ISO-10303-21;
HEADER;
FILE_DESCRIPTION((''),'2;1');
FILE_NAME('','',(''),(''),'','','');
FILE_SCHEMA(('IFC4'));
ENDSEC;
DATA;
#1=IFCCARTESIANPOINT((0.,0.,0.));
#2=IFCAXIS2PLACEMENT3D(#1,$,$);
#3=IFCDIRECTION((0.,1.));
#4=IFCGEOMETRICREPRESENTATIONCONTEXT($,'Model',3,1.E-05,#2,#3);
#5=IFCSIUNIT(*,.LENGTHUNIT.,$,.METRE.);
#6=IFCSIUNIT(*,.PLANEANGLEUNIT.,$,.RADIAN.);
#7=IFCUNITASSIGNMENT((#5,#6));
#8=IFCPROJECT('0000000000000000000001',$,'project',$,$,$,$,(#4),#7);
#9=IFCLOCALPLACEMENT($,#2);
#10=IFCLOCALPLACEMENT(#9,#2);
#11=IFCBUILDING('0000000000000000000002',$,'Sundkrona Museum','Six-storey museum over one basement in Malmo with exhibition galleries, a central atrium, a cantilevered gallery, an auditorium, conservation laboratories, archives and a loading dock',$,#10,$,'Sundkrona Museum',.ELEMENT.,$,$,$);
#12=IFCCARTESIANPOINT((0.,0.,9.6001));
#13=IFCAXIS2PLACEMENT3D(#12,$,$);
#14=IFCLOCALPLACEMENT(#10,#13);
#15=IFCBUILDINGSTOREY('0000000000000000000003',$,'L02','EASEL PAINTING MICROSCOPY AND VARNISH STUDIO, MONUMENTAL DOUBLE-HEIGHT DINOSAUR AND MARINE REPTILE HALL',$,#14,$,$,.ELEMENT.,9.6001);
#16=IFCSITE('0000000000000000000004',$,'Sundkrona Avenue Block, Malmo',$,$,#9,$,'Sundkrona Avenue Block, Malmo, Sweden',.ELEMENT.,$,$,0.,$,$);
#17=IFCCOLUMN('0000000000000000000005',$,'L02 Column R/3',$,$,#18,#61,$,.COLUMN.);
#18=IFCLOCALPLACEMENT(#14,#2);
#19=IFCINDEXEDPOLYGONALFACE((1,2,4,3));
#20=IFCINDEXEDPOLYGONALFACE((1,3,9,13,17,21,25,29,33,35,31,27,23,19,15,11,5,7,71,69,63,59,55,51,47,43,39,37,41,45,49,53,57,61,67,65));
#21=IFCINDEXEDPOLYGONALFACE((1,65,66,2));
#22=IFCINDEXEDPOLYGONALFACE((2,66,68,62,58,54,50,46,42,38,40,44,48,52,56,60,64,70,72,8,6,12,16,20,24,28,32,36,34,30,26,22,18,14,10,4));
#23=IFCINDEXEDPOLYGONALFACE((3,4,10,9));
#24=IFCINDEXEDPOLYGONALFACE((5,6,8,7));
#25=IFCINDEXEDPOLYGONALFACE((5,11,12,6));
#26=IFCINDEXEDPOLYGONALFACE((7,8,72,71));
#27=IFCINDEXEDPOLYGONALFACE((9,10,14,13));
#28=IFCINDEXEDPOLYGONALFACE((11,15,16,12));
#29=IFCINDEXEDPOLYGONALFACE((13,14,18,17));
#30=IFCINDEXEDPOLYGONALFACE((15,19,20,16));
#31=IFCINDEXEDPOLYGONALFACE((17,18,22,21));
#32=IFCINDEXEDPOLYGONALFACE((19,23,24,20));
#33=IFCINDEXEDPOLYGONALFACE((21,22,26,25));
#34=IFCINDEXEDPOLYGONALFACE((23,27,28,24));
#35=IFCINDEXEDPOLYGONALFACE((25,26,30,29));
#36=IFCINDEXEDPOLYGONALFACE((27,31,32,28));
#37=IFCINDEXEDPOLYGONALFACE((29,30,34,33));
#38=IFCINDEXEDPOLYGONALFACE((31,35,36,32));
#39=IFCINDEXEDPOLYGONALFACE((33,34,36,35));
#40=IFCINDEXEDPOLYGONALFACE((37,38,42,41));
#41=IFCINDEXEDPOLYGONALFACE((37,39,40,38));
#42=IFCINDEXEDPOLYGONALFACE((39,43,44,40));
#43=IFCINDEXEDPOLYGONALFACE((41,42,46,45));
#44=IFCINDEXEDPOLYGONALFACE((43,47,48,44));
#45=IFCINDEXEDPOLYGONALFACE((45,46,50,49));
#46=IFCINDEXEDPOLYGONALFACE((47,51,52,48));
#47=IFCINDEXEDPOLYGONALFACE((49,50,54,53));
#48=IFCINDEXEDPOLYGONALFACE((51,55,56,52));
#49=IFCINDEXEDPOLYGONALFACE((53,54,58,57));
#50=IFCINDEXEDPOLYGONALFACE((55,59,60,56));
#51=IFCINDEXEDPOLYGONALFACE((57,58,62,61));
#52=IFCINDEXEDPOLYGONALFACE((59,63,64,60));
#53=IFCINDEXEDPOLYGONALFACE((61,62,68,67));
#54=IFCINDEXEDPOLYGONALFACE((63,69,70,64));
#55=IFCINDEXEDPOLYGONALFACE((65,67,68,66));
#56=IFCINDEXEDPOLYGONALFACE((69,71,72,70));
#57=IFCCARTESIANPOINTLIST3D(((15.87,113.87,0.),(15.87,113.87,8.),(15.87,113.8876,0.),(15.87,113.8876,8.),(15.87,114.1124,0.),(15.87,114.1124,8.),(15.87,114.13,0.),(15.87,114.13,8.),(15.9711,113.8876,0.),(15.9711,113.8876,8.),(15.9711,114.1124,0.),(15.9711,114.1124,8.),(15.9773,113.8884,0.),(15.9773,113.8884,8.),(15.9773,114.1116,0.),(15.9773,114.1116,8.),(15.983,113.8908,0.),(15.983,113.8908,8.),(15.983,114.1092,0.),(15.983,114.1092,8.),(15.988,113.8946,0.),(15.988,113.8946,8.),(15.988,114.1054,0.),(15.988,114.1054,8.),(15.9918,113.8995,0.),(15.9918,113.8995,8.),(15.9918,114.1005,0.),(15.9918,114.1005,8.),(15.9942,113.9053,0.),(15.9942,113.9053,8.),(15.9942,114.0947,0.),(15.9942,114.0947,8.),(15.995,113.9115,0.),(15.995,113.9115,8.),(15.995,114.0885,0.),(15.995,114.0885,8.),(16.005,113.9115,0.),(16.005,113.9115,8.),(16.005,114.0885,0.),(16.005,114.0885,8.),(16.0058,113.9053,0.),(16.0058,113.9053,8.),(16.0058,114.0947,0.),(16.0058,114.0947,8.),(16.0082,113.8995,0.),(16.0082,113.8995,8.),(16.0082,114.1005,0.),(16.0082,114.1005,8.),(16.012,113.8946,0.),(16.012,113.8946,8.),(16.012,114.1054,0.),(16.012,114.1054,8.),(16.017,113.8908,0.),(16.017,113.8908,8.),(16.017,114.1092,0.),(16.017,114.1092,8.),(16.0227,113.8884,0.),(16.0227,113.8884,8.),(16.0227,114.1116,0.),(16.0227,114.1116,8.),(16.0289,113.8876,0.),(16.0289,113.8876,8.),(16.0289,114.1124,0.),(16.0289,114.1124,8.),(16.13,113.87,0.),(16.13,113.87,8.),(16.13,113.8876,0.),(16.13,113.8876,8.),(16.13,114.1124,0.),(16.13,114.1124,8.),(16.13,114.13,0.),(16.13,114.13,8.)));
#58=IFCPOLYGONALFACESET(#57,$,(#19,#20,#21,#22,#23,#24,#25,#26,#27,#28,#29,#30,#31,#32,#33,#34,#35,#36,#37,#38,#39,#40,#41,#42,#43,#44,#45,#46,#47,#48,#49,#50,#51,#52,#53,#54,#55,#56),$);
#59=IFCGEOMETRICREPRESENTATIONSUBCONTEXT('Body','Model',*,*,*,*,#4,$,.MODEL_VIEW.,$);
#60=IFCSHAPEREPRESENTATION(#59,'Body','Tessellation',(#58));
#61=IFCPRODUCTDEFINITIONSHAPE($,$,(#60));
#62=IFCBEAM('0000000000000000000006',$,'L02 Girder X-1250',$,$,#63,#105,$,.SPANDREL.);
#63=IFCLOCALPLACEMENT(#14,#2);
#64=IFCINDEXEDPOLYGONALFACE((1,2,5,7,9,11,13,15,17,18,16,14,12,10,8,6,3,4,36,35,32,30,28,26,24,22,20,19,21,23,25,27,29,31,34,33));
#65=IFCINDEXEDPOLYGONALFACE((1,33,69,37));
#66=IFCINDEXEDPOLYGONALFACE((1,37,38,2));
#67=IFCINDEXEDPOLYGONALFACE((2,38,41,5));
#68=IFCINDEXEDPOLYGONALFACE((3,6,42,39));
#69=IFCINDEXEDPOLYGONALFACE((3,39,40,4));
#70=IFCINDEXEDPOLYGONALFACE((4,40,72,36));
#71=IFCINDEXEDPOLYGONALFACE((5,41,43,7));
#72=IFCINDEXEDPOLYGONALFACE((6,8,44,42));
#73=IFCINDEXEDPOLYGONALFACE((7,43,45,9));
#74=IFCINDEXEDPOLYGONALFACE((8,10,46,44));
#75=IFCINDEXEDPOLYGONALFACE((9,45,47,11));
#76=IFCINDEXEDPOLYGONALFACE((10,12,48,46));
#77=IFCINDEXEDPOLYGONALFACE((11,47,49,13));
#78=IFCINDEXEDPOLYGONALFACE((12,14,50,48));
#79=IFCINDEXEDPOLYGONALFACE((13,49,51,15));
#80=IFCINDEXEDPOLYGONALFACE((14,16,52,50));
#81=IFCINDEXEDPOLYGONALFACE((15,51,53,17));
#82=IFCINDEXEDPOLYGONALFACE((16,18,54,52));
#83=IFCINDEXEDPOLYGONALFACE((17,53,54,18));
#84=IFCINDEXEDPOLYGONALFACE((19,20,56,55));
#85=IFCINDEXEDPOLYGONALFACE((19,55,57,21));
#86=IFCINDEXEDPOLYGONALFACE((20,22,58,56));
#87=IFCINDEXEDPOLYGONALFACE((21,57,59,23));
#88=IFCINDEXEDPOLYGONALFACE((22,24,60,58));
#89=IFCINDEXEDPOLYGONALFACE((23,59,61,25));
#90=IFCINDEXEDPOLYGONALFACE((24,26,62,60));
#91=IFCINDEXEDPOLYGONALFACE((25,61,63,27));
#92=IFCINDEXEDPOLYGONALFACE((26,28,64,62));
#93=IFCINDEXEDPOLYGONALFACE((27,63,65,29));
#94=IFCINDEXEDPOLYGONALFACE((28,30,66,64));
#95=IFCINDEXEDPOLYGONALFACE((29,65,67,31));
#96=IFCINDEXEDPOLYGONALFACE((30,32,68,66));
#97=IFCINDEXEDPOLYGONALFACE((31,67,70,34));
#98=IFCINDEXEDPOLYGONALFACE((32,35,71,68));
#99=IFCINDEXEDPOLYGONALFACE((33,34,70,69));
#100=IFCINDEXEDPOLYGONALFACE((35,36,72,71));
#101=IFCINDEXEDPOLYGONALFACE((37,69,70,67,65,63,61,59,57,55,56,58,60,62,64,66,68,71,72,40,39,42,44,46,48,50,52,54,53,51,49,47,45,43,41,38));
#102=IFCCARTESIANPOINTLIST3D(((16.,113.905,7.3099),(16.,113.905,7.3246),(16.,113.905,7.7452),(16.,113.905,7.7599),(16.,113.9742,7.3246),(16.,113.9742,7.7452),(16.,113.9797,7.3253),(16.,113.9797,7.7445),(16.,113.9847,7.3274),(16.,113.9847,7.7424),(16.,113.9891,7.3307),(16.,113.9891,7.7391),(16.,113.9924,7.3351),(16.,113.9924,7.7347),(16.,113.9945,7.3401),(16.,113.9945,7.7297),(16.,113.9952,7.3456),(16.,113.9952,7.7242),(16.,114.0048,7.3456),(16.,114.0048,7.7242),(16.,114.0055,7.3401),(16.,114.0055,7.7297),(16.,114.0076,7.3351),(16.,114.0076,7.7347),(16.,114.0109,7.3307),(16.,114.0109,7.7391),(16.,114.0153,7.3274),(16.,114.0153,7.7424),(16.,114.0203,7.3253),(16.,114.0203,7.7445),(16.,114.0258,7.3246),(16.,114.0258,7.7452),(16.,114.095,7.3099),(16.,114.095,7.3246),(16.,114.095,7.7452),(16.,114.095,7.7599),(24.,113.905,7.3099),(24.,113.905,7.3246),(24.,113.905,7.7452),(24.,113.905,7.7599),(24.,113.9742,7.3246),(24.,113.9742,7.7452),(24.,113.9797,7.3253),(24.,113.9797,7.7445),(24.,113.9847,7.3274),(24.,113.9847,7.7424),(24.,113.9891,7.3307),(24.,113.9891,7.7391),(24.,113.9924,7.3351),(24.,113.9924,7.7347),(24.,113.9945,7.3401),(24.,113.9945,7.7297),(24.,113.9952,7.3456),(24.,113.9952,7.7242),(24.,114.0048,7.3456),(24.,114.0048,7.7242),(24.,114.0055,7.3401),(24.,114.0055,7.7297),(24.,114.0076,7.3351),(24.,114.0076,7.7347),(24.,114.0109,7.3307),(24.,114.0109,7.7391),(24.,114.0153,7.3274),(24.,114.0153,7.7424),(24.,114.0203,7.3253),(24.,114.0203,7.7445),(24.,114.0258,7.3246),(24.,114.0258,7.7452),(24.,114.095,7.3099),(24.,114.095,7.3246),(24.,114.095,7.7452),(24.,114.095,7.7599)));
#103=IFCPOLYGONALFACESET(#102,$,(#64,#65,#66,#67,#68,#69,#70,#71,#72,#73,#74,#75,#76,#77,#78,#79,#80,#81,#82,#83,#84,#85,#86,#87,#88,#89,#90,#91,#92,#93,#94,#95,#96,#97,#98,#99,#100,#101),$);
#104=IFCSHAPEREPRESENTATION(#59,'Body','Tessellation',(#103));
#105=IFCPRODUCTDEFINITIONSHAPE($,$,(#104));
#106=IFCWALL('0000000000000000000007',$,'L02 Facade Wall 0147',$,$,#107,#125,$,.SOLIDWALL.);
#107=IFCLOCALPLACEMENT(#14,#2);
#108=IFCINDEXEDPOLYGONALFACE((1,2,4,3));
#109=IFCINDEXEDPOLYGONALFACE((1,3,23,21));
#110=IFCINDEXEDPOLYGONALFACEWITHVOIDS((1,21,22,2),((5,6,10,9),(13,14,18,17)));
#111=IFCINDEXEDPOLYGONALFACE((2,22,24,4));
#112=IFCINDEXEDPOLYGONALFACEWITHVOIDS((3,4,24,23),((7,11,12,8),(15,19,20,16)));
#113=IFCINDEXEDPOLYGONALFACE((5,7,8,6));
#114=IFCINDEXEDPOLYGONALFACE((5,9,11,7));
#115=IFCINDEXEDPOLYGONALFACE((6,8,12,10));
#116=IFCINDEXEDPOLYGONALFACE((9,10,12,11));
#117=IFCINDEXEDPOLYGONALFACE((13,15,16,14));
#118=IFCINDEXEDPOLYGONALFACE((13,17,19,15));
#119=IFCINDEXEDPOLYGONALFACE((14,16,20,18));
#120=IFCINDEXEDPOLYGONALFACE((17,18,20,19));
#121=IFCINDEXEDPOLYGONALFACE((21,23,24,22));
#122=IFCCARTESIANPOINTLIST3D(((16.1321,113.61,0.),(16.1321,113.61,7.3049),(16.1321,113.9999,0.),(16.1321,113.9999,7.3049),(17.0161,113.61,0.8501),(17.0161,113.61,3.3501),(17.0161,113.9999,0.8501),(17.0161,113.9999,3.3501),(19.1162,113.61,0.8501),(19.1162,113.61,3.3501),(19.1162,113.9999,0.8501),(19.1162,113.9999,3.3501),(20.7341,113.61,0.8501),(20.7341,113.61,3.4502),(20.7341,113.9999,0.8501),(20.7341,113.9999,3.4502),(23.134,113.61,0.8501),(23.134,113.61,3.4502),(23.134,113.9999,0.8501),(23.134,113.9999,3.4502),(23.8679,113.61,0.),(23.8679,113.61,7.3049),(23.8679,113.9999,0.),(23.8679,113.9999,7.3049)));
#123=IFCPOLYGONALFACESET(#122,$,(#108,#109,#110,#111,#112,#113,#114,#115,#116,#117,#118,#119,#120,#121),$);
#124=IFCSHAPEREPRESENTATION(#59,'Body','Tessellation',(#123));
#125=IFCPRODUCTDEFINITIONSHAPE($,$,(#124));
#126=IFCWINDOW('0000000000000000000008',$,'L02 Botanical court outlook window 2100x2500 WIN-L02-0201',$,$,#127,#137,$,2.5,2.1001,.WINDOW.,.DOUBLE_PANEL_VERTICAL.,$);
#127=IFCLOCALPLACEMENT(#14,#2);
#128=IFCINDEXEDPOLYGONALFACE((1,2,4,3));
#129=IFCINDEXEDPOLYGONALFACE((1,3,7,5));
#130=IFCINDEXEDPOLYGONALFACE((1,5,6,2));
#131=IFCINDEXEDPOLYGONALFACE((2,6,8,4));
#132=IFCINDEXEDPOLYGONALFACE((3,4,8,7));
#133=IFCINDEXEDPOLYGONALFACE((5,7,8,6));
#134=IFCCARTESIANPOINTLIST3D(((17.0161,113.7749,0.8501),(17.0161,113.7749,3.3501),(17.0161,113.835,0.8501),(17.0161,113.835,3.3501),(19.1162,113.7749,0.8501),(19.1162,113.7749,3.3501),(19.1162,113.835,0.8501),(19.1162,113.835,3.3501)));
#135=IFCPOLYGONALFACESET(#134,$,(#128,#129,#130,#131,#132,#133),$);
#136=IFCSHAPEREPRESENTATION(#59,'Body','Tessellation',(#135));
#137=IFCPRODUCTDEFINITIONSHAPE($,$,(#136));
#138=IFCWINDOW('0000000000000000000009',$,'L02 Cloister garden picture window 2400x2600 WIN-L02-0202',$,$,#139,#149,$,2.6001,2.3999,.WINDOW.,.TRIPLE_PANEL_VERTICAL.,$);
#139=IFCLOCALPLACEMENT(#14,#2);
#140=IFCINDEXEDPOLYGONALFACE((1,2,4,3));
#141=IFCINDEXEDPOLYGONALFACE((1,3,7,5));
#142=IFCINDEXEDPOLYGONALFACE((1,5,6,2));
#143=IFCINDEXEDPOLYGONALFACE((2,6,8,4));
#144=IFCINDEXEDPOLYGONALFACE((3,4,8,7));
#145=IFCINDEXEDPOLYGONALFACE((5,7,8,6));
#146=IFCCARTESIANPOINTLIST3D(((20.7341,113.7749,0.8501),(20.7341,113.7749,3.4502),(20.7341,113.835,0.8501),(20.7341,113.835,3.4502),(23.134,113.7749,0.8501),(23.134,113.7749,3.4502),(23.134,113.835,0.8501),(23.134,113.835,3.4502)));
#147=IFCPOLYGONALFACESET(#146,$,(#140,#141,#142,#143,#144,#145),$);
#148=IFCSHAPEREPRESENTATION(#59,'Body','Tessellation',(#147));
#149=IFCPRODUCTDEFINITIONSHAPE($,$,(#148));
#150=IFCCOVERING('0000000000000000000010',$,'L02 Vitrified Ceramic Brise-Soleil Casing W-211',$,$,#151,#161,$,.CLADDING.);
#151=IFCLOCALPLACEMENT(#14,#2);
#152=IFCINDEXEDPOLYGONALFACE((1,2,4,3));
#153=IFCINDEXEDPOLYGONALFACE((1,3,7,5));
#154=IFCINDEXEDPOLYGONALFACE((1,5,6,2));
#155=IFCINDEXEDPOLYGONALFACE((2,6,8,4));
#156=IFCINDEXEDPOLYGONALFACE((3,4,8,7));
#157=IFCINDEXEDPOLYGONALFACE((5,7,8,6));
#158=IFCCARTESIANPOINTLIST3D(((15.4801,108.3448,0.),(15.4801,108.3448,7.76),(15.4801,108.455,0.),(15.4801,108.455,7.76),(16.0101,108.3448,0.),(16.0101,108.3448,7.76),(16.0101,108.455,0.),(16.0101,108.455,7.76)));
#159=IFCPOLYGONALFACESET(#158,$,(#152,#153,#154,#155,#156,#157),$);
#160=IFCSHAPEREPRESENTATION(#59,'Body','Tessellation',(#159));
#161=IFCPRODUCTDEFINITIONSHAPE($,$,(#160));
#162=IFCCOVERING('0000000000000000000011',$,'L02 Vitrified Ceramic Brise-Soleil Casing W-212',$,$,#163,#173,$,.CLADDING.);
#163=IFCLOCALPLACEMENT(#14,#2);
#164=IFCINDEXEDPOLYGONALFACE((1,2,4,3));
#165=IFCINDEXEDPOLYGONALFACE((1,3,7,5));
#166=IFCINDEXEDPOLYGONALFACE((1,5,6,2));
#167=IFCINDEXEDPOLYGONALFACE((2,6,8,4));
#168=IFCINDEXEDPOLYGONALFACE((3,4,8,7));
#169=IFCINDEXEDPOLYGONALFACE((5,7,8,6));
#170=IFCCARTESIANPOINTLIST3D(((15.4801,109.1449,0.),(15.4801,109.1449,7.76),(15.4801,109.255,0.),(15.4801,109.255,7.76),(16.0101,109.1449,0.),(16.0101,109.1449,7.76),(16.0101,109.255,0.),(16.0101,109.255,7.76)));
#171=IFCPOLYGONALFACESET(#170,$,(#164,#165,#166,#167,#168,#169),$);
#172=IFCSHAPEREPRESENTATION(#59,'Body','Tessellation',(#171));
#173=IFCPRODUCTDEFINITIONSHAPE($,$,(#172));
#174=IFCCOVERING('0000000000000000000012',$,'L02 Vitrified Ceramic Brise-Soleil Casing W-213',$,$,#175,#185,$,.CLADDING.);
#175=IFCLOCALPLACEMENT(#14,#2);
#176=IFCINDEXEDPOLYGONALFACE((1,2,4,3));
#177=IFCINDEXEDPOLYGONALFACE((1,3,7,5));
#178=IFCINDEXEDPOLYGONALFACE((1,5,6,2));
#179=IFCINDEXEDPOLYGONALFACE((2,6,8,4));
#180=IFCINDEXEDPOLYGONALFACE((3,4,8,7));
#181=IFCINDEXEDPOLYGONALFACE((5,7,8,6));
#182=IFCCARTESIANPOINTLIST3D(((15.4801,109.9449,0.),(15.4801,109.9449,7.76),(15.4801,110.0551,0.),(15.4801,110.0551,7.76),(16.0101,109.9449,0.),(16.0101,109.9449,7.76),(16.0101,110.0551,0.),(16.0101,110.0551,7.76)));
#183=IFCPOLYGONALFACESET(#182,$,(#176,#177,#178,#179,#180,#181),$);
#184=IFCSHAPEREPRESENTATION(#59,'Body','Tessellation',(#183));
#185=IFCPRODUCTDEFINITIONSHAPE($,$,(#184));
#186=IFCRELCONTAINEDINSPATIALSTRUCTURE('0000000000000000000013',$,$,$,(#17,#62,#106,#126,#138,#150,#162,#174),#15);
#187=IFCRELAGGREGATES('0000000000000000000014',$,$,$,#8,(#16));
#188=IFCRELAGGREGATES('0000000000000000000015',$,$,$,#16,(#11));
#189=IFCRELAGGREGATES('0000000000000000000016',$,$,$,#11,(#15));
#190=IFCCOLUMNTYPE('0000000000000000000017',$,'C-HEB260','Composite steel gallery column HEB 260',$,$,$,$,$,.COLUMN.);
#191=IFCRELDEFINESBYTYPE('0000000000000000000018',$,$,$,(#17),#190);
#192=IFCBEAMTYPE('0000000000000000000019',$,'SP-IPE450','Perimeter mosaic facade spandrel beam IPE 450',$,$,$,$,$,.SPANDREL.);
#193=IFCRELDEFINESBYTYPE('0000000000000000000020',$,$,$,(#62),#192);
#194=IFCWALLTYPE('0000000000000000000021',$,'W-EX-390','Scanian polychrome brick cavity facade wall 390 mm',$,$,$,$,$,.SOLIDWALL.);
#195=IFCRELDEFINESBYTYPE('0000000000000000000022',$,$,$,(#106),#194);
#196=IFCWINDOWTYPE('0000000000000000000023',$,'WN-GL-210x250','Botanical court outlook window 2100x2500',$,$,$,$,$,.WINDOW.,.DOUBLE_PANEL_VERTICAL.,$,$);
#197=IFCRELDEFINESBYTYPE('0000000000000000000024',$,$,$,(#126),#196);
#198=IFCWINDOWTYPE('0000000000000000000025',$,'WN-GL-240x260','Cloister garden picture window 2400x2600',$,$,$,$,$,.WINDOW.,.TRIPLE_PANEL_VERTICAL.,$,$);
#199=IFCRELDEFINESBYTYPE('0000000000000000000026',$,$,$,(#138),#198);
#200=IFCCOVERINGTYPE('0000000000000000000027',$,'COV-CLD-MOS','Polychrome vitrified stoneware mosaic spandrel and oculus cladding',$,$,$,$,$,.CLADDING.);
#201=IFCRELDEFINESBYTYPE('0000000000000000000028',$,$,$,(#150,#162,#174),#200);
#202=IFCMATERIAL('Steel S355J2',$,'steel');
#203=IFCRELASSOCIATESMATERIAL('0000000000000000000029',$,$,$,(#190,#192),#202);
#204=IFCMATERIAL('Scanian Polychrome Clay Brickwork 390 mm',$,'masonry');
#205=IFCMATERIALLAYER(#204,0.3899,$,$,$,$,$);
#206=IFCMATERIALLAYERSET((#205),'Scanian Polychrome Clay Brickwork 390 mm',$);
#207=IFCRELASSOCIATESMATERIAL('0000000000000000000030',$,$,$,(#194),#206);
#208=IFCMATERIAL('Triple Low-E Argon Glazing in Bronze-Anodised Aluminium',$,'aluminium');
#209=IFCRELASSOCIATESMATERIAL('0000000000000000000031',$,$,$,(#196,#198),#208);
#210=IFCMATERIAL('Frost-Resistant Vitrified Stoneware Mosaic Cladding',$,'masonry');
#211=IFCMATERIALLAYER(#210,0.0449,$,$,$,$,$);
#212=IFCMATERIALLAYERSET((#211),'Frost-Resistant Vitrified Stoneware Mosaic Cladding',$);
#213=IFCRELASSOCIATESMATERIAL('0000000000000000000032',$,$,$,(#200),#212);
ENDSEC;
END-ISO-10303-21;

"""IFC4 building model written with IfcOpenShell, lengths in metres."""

from ifc_helpers import new_model, si_unit, direction, frame, frame_2d, origin, origin_2d, place, context, subcontext, project, spatial, rectangle, i_section, extrude, material, layer, layer_set, material_profile, profile_set, type_object, element, fill, save


model = new_model("IFC4")

# Units and contexts
model_context = context("Model", 3, precision=1e-05, world=origin(), true_north=direction((0.0, 1.0)))
body_context = subcontext(model_context, "Body", "Model", "MODEL_VIEW")
ifc_project = project(units=[si_unit("LENGTHUNIT", "METRE"), si_unit("PLANEANGLEUNIT", "RADIAN")], contexts=[model_context])

# Site, building, storey
site_placement = place(None, origin())
site = spatial("IfcSite", under=ifc_project, at=site_placement, Name="Sundkrona Avenue Block, Malmo", LongName="Sundkrona Avenue Block, Malmo, Sweden", CompositionType="ELEMENT", RefElevation=0.0)
building_placement = place(site_placement, origin())
building = spatial("IfcBuilding", under=site, at=building_placement, Name="Sundkrona Museum", Description="Six-storey museum over one basement in Malmo with exhibition galleries, a central atrium, a cantilevered gallery, an auditorium, conservation laboratories, archives and a loading dock", LongName="Sundkrona Museum", CompositionType="ELEMENT")
storey_placement = place(building_placement, frame((0.0, 0.0, 9.6001)))
storey = spatial("IfcBuildingStorey", under=building, at=storey_placement, Name="L02", Description="EASEL PAINTING MICROSCOPY AND VARNISH STUDIO, MONUMENTAL DOUBLE-HEIGHT DINOSAUR AND MARINE REPTILE HALL", CompositionType="ELEMENT", Elevation=9.6001)

# Column
ifc_material_1 = material(Name="Steel S355J2", Category="steel")
ifc_material_profile_1 = material_profile(ifc_material_1, i_section(OverallWidth=0.26, OverallDepth=0.26, WebThickness=0.01, FlangeThickness=0.0176, FilletRadius=0.0239, at=origin_2d()), Name="HEB 260")
ifc_profile_set_1 = profile_set([ifc_material_profile_1], Name="Steel S355J2")
column_type = type_object("IfcColumnType", Name="C-HEB260", Description="Composite steel gallery column HEB 260", PredefinedType="COLUMN", material=ifc_profile_set_1)
column_placement = place(storey_placement, frame((16.0, 114.0, 0.0), z_axis=(0.0, 0.0, 1.0), x_axis=(1.0, 0.0, 0.0)))
element("IfcColumn", 1, at=column_placement, inside=storey, type_object=column_type, Name="L02 Column R/3", PredefinedType="COLUMN", context=body_context, shape_type="SweptSolid", body=[
    extrude(i_section(OverallWidth=0.26, OverallDepth=0.26, WebThickness=0.01, FlangeThickness=0.0176, FilletRadius=0.0239, at=origin_2d()), origin(), (0.0, 0.0, 1.0), 8.0),
])

# Beam
ifc_material_profile_2 = material_profile(ifc_material_1, i_section(OverallWidth=0.1899, OverallDepth=0.45, WebThickness=0.0095, FlangeThickness=0.0146, FilletRadius=0.021, at=origin_2d()), Name="IPE 450")
ifc_profile_set_2 = profile_set([ifc_material_profile_2], Name="Steel S355J2")
beam_type = type_object("IfcBeamType", Name="SP-IPE450", Description="Perimeter mosaic facade spandrel beam IPE 450", PredefinedType="SPANDREL", material=ifc_profile_set_2)
beam_placement = place(storey_placement, frame((16.0, 114.0, 7.5349), z_axis=(1.0, 0.0, 0.0), x_axis=(0.0, 1.0, 0.0)))
element("IfcBeam", 2, at=beam_placement, inside=storey, type_object=beam_type, Name="L02 Girder X-1250", PredefinedType="SPANDREL", context=body_context, shape_type="SweptSolid", body=[
    extrude(i_section(OverallWidth=0.1899, OverallDepth=0.45, WebThickness=0.0095, FlangeThickness=0.0146, FilletRadius=0.021, at=origin_2d()), origin(), (0.0, 0.0, 1.0), 8.0),
])

# Wall, openings, windows
ifc_material_2 = material(Name="Scanian Polychrome Clay Brickwork 390 mm", Category="masonry")
ifc_layer_1 = layer(ifc_material_2, 0.3899)
ifc_layer_set_1 = layer_set([ifc_layer_1], Name="Scanian Polychrome Clay Brickwork 390 mm")
wall_type = type_object("IfcWallType", Name="W-EX-390", Description="Scanian polychrome brick cavity facade wall 390 mm", PredefinedType="SOLIDWALL", material=ifc_layer_set_1)
wall_placement = place(storey_placement, frame((16.1321, 113.8049, 0.0), z_axis=(0.0, 0.0, 1.0), x_axis=(1.0, 0.0, 0.0)))
wall = element("IfcWall", 3, at=wall_placement, inside=storey, type_object=wall_type, Name="L02 Facade Wall 0147", PredefinedType="SOLIDWALL", context=body_context, shape_type="SweptSolid", body=[
    extrude(rectangle(XDim=7.7358, YDim=0.3899, at=frame_2d((3.8679, 0.0))), origin(), (0.0, 0.0, 1.0), 7.3049),
])
opening_1_placement = place(wall_placement, frame((0.884, 0.0, 0.8501)))
opening_1 = element("IfcOpeningElement", 4, at=opening_1_placement, cuts=wall, PredefinedType="OPENING", context=body_context, shape_type="SweptSolid", body=[
    extrude(rectangle(XDim=2.1001, YDim=2.5, at=frame_2d((1.05, 1.25))), frame((0.0, 0.2048, 0.0), z_axis=(0.0, -1.0, 0.0), x_axis=(1.0, 0.0, 0.0)), (0.0, 0.0, 1.0), 0.4099),
])
opening_2_placement = place(wall_placement, frame((4.6021, 0.0, 0.8501)))
opening_2 = element("IfcOpeningElement", 5, at=opening_2_placement, cuts=wall, PredefinedType="OPENING", context=body_context, shape_type="SweptSolid", body=[
    extrude(rectangle(XDim=2.3999, YDim=2.6001, at=frame_2d((1.2, 1.3))), frame((0.0, 0.2048, 0.0), z_axis=(0.0, -1.0, 0.0), x_axis=(1.0, 0.0, 0.0)), (0.0, 0.0, 1.0), 0.4099),
])
ifc_material_3 = material(Name="Triple Low-E Argon Glazing in Bronze-Anodised Aluminium", Category="aluminium")
window_type_1 = type_object("IfcWindowType", Name="WN-GL-210x250", Description="Botanical court outlook window 2100x2500", PartitioningType="DOUBLE_PANEL_VERTICAL", PredefinedType="WINDOW", material=ifc_material_3)
window_1_placement = place(opening_1_placement, origin())
window_1 = element("IfcWindow", 6, at=window_1_placement, inside=storey, type_object=window_type_1, Name="L02 Botanical court outlook window 2100x2500 WIN-L02-0201", OverallHeight=2.5, OverallWidth=2.1001, PartitioningType="DOUBLE_PANEL_VERTICAL", PredefinedType="WINDOW", context=body_context, shape_type="SweptSolid", body=[
    extrude(rectangle(XDim=2.1001, YDim=2.5, at=frame_2d((1.05, 1.25))), frame((0.0, 0.03, 0.0), z_axis=(0.0, -1.0, 0.0), x_axis=(1.0, 0.0, 0.0)), (0.0, 0.0, 1.0), 0.0601),
])
fill(opening_1, window_1)
window_type_2 = type_object("IfcWindowType", Name="WN-GL-240x260", Description="Cloister garden picture window 2400x2600", PartitioningType="TRIPLE_PANEL_VERTICAL", PredefinedType="WINDOW", material=ifc_material_3)
window_2_placement = place(opening_2_placement, origin())
window_2 = element("IfcWindow", 7, at=window_2_placement, inside=storey, type_object=window_type_2, Name="L02 Cloister garden picture window 2400x2600 WIN-L02-0202", OverallHeight=2.6001, OverallWidth=2.3999, PartitioningType="TRIPLE_PANEL_VERTICAL", PredefinedType="WINDOW", context=body_context, shape_type="SweptSolid", body=[
    extrude(rectangle(XDim=2.3999, YDim=2.6001, at=frame_2d((1.2, 1.3))), frame((0.0, 0.03, 0.0), z_axis=(0.0, -1.0, 0.0), x_axis=(1.0, 0.0, 0.0)), (0.0, 0.0, 1.0), 0.0601),
])
fill(opening_2, window_2)

# Coverings
ifc_material_4 = material(Name="Frost-Resistant Vitrified Stoneware Mosaic Cladding", Category="masonry")
ifc_layer_2 = layer(ifc_material_4, 0.0449)
ifc_layer_set_2 = layer_set([ifc_layer_2], Name="Frost-Resistant Vitrified Stoneware Mosaic Cladding")
covering_type = type_object("IfcCoveringType", Name="COV-CLD-MOS", Description="Polychrome vitrified stoneware mosaic spandrel and oculus cladding", PredefinedType="CLADDING", material=ifc_layer_set_2)
for number, where, z_axis, x_axis, name in (
    (8, (15.7451, 108.3999, 0.0), (0.0, 0.0, 1.0), (1.0, 0.0, 0.0), "L02 Vitrified Ceramic Brise-Soleil Casing W-211"),
    (9, (15.7451, 109.2, 0.0), (0.0, 0.0, 1.0), (1.0, 0.0, 0.0), "L02 Vitrified Ceramic Brise-Soleil Casing W-212"),
    (10, (15.7451, 110.0, 0.0), (0.0, 0.0, 1.0), (1.0, 0.0, 0.0), "L02 Vitrified Ceramic Brise-Soleil Casing W-213"),
):
    element("IfcCovering", number, at=place(storey_placement, frame(where, z_axis=z_axis, x_axis=x_axis)), inside=storey, type_object=covering_type, Name=name, PredefinedType="CLADDING", context=body_context, shape_type="SweptSolid", body=[
        extrude(rectangle(XDim=0.53, YDim=0.1101, at=origin_2d()), origin(), (0.0, 0.0, 1.0), 7.76),
    ])

save(model, "model.ifc")
